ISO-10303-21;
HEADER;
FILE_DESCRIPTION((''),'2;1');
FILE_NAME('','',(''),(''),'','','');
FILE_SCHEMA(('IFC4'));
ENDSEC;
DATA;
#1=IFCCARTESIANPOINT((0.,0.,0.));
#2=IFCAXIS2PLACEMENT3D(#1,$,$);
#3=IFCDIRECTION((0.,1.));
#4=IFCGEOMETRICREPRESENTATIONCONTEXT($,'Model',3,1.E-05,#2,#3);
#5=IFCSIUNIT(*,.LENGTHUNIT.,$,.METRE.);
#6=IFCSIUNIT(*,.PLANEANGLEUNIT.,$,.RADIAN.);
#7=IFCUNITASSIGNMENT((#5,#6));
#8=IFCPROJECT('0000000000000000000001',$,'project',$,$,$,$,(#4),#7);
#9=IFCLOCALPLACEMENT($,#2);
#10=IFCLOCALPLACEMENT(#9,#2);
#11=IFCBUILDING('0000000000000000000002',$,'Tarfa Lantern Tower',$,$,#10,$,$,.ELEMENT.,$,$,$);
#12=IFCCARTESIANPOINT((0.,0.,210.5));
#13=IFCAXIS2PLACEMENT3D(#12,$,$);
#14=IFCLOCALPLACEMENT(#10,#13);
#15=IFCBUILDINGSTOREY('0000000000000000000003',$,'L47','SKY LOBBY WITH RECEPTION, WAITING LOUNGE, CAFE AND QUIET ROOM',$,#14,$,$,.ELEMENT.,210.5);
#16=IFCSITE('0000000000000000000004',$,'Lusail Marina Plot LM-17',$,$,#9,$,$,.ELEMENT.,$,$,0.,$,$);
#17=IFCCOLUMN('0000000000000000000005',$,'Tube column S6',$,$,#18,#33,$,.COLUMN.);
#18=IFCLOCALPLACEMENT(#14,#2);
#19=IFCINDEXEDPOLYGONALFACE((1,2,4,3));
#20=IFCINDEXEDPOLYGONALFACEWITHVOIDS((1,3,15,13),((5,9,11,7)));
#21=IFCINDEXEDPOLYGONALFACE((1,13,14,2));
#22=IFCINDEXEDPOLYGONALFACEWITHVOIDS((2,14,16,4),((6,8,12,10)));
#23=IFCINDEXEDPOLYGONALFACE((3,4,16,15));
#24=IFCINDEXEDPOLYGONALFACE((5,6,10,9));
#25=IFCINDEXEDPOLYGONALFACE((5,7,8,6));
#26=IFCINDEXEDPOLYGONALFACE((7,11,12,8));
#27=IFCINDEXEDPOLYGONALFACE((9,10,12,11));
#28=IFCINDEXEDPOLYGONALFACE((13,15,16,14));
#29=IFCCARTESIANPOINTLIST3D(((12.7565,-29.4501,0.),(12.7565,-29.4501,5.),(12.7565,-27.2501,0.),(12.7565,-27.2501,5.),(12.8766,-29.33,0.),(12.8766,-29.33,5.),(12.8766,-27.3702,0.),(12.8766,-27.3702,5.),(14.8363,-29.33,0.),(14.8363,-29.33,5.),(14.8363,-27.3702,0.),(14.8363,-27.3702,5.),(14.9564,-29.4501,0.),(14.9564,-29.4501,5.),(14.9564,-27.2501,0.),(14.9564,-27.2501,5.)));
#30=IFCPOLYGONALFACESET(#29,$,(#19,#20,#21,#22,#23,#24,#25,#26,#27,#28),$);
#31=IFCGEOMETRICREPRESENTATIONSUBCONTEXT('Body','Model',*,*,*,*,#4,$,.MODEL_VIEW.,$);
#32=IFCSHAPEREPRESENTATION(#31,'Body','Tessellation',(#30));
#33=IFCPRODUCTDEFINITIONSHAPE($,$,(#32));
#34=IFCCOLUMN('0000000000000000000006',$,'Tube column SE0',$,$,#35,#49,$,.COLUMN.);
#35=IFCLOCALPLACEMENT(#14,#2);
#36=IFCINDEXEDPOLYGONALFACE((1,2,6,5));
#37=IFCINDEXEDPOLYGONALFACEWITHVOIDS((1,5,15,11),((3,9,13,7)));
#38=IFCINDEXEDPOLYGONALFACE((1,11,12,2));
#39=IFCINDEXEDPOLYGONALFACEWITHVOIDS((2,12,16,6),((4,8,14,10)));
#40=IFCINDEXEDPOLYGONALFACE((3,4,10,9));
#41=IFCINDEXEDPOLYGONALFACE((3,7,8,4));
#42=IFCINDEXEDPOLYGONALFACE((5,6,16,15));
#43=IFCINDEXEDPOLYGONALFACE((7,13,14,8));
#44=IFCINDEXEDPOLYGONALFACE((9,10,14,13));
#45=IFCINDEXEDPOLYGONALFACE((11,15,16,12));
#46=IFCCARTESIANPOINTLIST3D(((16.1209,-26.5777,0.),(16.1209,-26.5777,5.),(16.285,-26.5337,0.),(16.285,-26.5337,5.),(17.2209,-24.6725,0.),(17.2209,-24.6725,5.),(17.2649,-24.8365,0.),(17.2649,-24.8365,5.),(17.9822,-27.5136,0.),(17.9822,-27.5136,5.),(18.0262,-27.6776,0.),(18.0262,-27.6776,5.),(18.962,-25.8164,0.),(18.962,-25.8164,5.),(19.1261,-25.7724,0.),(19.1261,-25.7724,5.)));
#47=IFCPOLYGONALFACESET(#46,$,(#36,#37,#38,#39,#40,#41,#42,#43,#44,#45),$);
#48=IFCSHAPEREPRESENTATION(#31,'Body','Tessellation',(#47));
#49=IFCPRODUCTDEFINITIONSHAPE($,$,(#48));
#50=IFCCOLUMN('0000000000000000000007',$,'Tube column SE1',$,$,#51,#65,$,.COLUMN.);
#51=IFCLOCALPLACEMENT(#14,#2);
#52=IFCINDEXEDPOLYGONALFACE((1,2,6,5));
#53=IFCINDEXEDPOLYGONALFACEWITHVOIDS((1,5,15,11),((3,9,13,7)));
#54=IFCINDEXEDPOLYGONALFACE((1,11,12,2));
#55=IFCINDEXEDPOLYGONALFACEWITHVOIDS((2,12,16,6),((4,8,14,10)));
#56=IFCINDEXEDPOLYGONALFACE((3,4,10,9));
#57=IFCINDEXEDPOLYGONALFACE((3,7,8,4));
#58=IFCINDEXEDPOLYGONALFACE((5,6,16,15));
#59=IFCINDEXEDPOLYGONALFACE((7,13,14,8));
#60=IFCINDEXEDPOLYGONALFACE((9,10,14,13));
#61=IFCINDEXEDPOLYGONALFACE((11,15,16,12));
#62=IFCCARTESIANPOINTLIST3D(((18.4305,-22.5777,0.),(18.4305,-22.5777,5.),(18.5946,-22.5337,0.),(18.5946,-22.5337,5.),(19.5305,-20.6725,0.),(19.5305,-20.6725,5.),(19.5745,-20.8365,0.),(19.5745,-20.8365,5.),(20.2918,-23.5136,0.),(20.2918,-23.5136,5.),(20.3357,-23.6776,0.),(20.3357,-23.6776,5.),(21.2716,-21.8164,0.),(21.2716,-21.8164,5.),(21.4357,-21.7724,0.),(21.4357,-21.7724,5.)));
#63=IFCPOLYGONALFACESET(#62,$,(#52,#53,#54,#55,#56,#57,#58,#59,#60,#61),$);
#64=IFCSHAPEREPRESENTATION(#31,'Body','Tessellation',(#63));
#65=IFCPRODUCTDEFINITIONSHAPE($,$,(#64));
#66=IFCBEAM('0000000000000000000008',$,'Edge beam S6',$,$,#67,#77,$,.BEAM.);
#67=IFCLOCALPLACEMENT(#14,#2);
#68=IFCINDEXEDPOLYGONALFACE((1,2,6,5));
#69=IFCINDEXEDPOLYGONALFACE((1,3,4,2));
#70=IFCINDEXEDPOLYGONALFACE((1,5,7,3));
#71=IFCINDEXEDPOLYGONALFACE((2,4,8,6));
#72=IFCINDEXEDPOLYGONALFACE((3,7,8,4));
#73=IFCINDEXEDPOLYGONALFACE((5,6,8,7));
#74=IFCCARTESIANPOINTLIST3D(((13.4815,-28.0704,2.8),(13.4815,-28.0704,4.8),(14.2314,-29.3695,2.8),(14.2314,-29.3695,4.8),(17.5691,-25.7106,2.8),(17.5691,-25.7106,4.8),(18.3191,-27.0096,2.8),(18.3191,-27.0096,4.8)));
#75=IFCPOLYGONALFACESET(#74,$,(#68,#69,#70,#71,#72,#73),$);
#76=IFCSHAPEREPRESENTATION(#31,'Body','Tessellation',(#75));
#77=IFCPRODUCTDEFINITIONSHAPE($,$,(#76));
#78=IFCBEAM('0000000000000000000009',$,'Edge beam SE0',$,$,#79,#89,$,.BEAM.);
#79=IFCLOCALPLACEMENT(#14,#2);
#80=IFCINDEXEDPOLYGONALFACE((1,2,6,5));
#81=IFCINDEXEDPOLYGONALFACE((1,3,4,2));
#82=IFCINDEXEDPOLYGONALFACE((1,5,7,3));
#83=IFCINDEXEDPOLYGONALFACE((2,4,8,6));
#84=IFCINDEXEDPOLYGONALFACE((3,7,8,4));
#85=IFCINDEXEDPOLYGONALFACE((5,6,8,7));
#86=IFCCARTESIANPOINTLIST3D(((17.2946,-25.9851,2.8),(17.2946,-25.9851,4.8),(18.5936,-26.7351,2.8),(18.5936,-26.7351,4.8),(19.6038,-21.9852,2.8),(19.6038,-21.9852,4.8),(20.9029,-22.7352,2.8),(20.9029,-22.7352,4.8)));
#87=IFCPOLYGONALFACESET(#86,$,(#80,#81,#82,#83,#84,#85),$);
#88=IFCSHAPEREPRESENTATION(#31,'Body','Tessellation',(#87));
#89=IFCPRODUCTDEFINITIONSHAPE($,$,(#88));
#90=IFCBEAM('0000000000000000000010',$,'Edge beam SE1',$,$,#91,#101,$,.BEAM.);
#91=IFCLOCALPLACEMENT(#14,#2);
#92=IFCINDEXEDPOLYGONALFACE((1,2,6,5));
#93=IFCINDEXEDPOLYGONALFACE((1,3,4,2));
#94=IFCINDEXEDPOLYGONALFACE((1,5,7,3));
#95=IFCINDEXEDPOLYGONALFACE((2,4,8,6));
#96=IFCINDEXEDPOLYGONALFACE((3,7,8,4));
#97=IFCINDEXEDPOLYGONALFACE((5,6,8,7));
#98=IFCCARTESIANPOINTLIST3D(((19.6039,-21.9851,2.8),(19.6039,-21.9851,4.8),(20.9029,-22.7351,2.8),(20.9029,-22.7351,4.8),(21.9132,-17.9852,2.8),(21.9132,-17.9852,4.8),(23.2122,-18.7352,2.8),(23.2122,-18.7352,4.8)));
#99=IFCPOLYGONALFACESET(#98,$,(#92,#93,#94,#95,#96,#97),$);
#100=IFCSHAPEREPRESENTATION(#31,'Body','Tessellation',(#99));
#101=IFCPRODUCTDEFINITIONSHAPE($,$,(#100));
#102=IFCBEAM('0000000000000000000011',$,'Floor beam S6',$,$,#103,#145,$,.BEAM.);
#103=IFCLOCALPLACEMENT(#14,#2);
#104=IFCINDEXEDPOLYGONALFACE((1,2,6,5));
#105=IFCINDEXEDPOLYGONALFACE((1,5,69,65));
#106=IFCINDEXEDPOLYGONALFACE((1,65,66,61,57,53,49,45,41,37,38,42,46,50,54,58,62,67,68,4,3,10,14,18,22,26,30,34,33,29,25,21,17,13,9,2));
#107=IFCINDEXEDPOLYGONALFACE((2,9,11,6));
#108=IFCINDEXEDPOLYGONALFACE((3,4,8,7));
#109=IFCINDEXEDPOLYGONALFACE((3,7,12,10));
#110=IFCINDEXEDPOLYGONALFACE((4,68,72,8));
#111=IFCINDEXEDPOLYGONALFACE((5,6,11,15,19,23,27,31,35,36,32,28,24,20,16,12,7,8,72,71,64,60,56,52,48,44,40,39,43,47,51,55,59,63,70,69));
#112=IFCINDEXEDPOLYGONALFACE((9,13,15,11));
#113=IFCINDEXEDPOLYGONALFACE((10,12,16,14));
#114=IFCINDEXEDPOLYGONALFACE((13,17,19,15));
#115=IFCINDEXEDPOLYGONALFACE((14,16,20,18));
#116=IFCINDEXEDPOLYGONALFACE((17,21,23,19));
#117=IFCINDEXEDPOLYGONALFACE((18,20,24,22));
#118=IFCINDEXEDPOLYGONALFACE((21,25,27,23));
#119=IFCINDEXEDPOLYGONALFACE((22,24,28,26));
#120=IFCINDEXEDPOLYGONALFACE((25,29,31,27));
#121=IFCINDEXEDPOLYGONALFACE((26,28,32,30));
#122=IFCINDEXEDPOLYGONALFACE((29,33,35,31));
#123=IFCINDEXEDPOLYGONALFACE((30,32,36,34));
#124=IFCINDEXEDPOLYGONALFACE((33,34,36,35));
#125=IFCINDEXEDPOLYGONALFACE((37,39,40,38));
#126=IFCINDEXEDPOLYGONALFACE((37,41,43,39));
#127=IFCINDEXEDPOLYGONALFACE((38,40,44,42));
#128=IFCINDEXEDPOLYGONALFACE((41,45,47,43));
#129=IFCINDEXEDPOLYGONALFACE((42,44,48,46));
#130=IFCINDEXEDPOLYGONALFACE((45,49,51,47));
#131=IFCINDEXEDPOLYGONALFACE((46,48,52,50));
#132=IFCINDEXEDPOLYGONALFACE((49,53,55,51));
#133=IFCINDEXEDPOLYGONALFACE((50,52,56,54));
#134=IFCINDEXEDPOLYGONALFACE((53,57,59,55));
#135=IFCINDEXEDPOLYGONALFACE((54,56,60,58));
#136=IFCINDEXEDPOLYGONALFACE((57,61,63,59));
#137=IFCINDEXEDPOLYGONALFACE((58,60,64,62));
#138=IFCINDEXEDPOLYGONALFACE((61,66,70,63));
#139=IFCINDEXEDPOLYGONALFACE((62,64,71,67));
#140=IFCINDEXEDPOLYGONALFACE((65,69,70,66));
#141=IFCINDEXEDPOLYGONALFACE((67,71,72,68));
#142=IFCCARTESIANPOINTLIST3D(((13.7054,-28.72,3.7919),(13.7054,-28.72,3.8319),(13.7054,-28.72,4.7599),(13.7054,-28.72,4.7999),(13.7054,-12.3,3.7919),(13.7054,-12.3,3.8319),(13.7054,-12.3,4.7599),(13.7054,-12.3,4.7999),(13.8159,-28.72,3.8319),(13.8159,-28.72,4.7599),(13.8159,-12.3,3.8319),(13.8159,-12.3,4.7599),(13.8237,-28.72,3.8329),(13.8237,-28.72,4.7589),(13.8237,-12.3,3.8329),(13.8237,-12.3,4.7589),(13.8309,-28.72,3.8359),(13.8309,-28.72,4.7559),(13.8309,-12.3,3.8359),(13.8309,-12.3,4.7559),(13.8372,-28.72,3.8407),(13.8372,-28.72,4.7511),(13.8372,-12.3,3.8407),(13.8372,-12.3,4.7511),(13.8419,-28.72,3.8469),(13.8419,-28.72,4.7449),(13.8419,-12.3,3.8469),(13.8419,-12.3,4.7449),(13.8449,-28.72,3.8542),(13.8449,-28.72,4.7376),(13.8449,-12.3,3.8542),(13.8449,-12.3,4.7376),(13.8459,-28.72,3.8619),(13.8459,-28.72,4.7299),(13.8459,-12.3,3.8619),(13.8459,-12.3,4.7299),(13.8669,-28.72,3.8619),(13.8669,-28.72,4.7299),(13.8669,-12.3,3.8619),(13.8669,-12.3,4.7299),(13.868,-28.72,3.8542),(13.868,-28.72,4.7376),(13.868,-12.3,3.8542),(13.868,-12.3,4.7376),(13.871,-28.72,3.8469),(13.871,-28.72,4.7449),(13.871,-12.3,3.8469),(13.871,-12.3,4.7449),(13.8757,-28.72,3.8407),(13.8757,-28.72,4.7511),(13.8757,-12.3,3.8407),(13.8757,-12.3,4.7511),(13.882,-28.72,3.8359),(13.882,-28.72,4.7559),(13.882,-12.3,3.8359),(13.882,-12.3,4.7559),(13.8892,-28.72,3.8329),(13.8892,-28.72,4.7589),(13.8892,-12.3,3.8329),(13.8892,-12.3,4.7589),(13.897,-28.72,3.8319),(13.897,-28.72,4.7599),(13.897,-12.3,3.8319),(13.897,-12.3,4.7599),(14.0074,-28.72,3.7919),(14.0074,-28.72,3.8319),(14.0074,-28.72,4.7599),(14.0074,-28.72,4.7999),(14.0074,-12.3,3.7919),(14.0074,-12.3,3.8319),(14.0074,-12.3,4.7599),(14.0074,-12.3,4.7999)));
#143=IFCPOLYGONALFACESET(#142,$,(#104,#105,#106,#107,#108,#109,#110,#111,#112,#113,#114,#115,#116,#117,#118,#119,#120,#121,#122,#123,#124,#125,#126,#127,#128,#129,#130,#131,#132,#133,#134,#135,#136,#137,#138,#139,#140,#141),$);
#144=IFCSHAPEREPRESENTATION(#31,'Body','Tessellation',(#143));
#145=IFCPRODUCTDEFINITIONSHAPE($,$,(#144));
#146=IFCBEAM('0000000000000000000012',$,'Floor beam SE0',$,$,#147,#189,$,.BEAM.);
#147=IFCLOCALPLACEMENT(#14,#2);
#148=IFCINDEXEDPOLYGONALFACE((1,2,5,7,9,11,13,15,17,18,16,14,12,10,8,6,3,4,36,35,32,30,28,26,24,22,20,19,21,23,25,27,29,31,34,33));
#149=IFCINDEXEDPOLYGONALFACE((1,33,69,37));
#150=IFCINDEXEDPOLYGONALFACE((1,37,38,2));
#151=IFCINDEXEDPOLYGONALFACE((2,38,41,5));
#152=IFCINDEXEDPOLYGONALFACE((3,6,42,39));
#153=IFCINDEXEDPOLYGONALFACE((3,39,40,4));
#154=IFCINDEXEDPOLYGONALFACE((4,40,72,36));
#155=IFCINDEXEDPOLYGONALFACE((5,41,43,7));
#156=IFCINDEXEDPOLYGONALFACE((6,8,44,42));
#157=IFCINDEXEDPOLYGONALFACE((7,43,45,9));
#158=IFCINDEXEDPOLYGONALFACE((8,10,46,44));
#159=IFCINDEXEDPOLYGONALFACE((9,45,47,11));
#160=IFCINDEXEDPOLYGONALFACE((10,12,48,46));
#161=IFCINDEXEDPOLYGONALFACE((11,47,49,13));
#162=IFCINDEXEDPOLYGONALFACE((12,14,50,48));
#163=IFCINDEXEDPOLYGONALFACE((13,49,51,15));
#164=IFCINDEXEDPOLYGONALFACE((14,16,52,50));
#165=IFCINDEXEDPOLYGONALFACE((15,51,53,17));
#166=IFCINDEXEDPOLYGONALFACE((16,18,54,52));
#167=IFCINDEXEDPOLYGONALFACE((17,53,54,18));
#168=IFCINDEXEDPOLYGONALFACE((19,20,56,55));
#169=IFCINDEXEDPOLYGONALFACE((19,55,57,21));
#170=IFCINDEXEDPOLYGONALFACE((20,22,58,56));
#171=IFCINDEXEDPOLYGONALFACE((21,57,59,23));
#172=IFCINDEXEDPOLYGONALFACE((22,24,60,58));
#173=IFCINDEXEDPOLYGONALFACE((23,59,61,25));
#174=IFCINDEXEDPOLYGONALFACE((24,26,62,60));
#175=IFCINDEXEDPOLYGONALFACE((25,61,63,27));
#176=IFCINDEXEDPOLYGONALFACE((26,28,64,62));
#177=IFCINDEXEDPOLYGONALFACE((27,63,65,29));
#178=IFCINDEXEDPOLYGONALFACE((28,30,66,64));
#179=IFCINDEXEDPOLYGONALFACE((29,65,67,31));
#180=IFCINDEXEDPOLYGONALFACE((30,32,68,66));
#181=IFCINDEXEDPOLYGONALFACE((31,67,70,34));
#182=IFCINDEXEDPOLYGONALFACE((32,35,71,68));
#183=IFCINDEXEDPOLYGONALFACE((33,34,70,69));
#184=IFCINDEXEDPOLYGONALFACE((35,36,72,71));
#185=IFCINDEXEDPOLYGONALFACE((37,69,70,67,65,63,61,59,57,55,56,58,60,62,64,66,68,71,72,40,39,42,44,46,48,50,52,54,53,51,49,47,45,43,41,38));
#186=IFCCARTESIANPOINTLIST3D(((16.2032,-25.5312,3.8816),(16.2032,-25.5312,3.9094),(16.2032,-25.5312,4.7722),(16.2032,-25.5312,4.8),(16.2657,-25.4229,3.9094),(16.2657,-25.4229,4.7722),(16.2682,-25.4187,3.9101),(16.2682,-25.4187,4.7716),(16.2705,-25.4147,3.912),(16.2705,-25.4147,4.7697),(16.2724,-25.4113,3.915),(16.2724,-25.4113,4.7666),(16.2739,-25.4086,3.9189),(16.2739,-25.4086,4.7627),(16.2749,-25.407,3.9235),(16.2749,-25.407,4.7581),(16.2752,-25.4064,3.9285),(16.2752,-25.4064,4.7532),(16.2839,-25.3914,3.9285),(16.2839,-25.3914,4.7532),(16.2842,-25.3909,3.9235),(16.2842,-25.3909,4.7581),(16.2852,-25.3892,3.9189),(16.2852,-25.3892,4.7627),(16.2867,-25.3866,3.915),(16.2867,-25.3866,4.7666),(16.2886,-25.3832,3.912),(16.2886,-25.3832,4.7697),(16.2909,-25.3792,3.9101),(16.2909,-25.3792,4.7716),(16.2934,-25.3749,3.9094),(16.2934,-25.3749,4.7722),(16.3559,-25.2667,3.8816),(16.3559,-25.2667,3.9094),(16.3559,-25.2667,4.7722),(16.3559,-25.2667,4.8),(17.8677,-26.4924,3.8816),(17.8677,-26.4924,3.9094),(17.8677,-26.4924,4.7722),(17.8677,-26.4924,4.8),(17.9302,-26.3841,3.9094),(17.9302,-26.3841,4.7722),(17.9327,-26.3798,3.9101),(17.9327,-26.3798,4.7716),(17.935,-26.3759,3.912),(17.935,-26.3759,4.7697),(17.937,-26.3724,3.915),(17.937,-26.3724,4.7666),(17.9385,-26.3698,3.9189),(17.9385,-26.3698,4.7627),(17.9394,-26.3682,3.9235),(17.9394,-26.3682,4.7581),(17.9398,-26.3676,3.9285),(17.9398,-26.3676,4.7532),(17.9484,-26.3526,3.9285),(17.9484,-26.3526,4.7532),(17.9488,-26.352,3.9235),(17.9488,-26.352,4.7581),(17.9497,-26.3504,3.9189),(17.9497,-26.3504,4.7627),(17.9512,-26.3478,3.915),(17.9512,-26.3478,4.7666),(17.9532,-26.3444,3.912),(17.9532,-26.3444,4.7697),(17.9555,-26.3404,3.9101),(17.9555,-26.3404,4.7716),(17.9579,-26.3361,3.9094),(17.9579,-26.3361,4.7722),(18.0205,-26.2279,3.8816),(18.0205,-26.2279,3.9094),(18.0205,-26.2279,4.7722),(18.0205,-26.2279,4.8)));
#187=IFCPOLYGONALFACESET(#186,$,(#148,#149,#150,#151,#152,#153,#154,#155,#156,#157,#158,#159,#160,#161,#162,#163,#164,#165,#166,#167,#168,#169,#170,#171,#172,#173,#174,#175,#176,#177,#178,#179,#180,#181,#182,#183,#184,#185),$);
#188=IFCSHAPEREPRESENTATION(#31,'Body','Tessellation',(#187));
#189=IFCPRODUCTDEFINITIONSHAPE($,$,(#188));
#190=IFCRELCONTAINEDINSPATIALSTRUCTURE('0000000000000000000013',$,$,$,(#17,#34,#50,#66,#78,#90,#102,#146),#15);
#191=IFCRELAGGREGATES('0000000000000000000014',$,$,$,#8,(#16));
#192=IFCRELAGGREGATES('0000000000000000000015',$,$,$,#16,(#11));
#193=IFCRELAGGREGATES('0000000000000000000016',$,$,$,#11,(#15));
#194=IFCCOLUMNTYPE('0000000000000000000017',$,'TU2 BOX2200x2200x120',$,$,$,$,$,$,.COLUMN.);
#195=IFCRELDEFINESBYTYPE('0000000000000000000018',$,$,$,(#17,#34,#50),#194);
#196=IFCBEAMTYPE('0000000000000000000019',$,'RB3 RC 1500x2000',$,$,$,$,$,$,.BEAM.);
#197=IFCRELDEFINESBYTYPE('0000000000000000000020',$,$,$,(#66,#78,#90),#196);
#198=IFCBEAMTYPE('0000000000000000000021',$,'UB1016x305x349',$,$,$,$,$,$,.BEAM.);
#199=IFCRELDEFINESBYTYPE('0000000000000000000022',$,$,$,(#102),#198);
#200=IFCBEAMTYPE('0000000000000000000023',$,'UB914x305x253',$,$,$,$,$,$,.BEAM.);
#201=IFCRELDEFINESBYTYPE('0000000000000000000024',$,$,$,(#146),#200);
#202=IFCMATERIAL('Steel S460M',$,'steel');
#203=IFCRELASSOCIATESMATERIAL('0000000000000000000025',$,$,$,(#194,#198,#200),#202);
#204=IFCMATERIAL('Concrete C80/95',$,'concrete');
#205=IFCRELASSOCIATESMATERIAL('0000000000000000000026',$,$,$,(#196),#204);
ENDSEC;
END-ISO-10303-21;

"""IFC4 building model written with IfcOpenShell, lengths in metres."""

from ifc_helpers import new_model, si_unit, direction, frame, origin, origin_2d, place, context, subcontext, project, spatial, rectangle, hollow_rectangle, i_section, extrude, material, material_profile, profile_set, type_object, element, save


model = new_model("IFC4")

# Units and contexts
model_context = context("Model", 3, precision=1e-05, world=origin(), true_north=direction((0.0, 1.0)))
body_context = subcontext(model_context, "Body", "Model", "MODEL_VIEW")
ifc_project = project(units=[si_unit("LENGTHUNIT", "METRE"), si_unit("PLANEANGLEUNIT", "RADIAN")], contexts=[model_context])

# Site, building, storey
site_placement = place(None, origin())
site = spatial("IfcSite", under=ifc_project, at=site_placement, Name="Lusail Marina Plot LM-17", CompositionType="ELEMENT", RefElevation=0.0)
building_placement = place(site_placement, origin())
building = spatial("IfcBuilding", under=site, at=building_placement, Name="Tarfa Lantern Tower", CompositionType="ELEMENT")
storey_placement = place(building_placement, frame((0.0, 0.0, 210.5)))
storey = spatial("IfcBuildingStorey", under=building, at=storey_placement, Name="L47", Description="SKY LOBBY WITH RECEPTION, WAITING LOUNGE, CAFE AND QUIET ROOM", CompositionType="ELEMENT", Elevation=210.5)

# Columns
ifc_material_1 = material(Name="Steel S460M", Category="steel")
ifc_material_profile_1 = material_profile(ifc_material_1, hollow_rectangle(XDim=2.2, YDim=2.2, WallThickness=0.1201, at=origin_2d()), Name="BOX2200x2200x120")
ifc_profile_set_1 = profile_set([ifc_material_profile_1], Name="Steel S460M")
column_type = type_object("IfcColumnType", Name="TU2 BOX2200x2200x120", PredefinedType="COLUMN", material=ifc_profile_set_1)
for number, where, z_axis, x_axis, name in (
    (1, (13.8564, -28.3501, 0.0), (0.0, 0.0, 1.0), (1.0, 0.0, 0.0), "Tube column S6"),
    (2, (17.6235, -26.175, 0.0), (0.0, 0.0, 1.0), (0.5, 0.866025, 0.0), "Tube column SE0"),
    (3, (19.9331, -22.175, 0.0), (0.0, 0.0, 1.0), (0.5, 0.866025, 0.0), "Tube column SE1"),
):
    element("IfcColumn", number, at=place(storey_placement, frame(where, z_axis=z_axis, x_axis=x_axis)), inside=storey, type_object=column_type, Name=name, PredefinedType="COLUMN", context=body_context, shape_type="SweptSolid", body=[
        extrude(hollow_rectangle(XDim=2.2, YDim=2.2, WallThickness=0.1201, at=origin_2d()), origin(), (0.0, 0.0, 1.0), 5.0),
    ])

# Beams
ifc_material_2 = material(Name="Concrete C80/95", Category="concrete")
ifc_material_profile_2 = material_profile(ifc_material_2, rectangle(XDim=1.5, YDim=2.0, at=origin_2d()), Name="RC 1500x2000")
ifc_profile_set_2 = profile_set([ifc_material_profile_2], Name="Concrete C80/95")
beam_type_1 = type_object("IfcBeamType", Name="RB3 RC 1500x2000", PredefinedType="BEAM", material=ifc_profile_set_2)
beam_1_placement = place(storey_placement, frame((13.8564, -28.72, 3.8), z_axis=(0.866038, 0.499978, 0.0), x_axis=(-0.499978, 0.866038, 0.0)))
element("IfcBeam", 4, at=beam_1_placement, inside=storey, type_object=beam_type_1, Name="Edge beam S6", PredefinedType="BEAM", context=body_context, shape_type="SweptSolid", body=[
    extrude(rectangle(XDim=1.5, YDim=2.0, at=origin_2d()), origin(), (0.0, 0.0, 1.0), 4.72),
])
for number, where, z_axis, x_axis, name in (
    (5, (17.9441, -26.3601, 3.8), (0.499988, 0.866032, 0.0), (-0.866032, 0.499988, 0.0), "Edge beam SE0"),
    (6, (20.2534, -22.3601, 3.8), (0.499988, 0.866032, 0.0), (-0.866032, 0.499988, 0.0), "Edge beam SE1"),
):
    element("IfcBeam", number, at=place(storey_placement, frame(where, z_axis=z_axis, x_axis=x_axis)), inside=storey, type_object=beam_type_1, Name=name, PredefinedType="BEAM", context=body_context, shape_type="SweptSolid", body=[
        extrude(rectangle(XDim=1.5, YDim=2.0, at=origin_2d()), origin(), (0.0, 0.0, 1.0), 4.6187),
    ])
ifc_material_profile_3 = material_profile(ifc_material_1, i_section(OverallWidth=0.302, OverallDepth=1.0081, WebThickness=0.021, FlangeThickness=0.04, FilletRadius=0.03, at=origin_2d()), Name="UB1016x305x349")
ifc_profile_set_3 = profile_set([ifc_material_profile_3], Name="Steel S460M")
beam_type_2 = type_object("IfcBeamType", Name="UB1016x305x349", PredefinedType="BEAM", material=ifc_profile_set_3)
beam_2_placement = place(storey_placement, frame((13.8564, -28.72, 4.2959), z_axis=(0.0, 1.0, 0.0), x_axis=(-1.0, 0.0, 0.0)))
element("IfcBeam", 7, at=beam_2_placement, inside=storey, type_object=beam_type_2, Name="Floor beam S6", PredefinedType="BEAM", context=body_context, shape_type="SweptSolid", body=[
    extrude(i_section(OverallWidth=0.302, OverallDepth=1.0081, WebThickness=0.021, FlangeThickness=0.04, FilletRadius=0.03, at=origin_2d()), origin(), (0.0, 0.0, 1.0), 16.4199),
])
ifc_material_profile_4 = material_profile(ifc_material_1, i_section(OverallWidth=0.3054, OverallDepth=0.9185, WebThickness=0.0173, FlangeThickness=0.0278, FilletRadius=0.019, at=origin_2d()), Name="UB914x305x253")
ifc_profile_set_4 = profile_set([ifc_material_profile_4], Name="Steel S460M")
beam_type_3 = type_object("IfcBeamType", Name="UB914x305x253", PredefinedType="BEAM", material=ifc_profile_set_4)
beam_3_placement = place(storey_placement, frame((17.9441, -26.3601, 4.3408), z_axis=(-0.865991, 0.50006, 0.0), x_axis=(-0.50006, -0.865991, 0.0)))
element("IfcBeam", 8, at=beam_3_placement, inside=storey, type_object=beam_type_3, Name="Floor beam SE0", PredefinedType="BEAM", context=body_context, shape_type="SweptSolid", body=[
    extrude(i_section(OverallWidth=0.3054, OverallDepth=0.9185, WebThickness=0.0173, FlangeThickness=0.0278, FilletRadius=0.019, at=origin_2d()), origin(), (0.0, 0.0, 1.0), 1.9221),
])

save(model, "model.ifc")
